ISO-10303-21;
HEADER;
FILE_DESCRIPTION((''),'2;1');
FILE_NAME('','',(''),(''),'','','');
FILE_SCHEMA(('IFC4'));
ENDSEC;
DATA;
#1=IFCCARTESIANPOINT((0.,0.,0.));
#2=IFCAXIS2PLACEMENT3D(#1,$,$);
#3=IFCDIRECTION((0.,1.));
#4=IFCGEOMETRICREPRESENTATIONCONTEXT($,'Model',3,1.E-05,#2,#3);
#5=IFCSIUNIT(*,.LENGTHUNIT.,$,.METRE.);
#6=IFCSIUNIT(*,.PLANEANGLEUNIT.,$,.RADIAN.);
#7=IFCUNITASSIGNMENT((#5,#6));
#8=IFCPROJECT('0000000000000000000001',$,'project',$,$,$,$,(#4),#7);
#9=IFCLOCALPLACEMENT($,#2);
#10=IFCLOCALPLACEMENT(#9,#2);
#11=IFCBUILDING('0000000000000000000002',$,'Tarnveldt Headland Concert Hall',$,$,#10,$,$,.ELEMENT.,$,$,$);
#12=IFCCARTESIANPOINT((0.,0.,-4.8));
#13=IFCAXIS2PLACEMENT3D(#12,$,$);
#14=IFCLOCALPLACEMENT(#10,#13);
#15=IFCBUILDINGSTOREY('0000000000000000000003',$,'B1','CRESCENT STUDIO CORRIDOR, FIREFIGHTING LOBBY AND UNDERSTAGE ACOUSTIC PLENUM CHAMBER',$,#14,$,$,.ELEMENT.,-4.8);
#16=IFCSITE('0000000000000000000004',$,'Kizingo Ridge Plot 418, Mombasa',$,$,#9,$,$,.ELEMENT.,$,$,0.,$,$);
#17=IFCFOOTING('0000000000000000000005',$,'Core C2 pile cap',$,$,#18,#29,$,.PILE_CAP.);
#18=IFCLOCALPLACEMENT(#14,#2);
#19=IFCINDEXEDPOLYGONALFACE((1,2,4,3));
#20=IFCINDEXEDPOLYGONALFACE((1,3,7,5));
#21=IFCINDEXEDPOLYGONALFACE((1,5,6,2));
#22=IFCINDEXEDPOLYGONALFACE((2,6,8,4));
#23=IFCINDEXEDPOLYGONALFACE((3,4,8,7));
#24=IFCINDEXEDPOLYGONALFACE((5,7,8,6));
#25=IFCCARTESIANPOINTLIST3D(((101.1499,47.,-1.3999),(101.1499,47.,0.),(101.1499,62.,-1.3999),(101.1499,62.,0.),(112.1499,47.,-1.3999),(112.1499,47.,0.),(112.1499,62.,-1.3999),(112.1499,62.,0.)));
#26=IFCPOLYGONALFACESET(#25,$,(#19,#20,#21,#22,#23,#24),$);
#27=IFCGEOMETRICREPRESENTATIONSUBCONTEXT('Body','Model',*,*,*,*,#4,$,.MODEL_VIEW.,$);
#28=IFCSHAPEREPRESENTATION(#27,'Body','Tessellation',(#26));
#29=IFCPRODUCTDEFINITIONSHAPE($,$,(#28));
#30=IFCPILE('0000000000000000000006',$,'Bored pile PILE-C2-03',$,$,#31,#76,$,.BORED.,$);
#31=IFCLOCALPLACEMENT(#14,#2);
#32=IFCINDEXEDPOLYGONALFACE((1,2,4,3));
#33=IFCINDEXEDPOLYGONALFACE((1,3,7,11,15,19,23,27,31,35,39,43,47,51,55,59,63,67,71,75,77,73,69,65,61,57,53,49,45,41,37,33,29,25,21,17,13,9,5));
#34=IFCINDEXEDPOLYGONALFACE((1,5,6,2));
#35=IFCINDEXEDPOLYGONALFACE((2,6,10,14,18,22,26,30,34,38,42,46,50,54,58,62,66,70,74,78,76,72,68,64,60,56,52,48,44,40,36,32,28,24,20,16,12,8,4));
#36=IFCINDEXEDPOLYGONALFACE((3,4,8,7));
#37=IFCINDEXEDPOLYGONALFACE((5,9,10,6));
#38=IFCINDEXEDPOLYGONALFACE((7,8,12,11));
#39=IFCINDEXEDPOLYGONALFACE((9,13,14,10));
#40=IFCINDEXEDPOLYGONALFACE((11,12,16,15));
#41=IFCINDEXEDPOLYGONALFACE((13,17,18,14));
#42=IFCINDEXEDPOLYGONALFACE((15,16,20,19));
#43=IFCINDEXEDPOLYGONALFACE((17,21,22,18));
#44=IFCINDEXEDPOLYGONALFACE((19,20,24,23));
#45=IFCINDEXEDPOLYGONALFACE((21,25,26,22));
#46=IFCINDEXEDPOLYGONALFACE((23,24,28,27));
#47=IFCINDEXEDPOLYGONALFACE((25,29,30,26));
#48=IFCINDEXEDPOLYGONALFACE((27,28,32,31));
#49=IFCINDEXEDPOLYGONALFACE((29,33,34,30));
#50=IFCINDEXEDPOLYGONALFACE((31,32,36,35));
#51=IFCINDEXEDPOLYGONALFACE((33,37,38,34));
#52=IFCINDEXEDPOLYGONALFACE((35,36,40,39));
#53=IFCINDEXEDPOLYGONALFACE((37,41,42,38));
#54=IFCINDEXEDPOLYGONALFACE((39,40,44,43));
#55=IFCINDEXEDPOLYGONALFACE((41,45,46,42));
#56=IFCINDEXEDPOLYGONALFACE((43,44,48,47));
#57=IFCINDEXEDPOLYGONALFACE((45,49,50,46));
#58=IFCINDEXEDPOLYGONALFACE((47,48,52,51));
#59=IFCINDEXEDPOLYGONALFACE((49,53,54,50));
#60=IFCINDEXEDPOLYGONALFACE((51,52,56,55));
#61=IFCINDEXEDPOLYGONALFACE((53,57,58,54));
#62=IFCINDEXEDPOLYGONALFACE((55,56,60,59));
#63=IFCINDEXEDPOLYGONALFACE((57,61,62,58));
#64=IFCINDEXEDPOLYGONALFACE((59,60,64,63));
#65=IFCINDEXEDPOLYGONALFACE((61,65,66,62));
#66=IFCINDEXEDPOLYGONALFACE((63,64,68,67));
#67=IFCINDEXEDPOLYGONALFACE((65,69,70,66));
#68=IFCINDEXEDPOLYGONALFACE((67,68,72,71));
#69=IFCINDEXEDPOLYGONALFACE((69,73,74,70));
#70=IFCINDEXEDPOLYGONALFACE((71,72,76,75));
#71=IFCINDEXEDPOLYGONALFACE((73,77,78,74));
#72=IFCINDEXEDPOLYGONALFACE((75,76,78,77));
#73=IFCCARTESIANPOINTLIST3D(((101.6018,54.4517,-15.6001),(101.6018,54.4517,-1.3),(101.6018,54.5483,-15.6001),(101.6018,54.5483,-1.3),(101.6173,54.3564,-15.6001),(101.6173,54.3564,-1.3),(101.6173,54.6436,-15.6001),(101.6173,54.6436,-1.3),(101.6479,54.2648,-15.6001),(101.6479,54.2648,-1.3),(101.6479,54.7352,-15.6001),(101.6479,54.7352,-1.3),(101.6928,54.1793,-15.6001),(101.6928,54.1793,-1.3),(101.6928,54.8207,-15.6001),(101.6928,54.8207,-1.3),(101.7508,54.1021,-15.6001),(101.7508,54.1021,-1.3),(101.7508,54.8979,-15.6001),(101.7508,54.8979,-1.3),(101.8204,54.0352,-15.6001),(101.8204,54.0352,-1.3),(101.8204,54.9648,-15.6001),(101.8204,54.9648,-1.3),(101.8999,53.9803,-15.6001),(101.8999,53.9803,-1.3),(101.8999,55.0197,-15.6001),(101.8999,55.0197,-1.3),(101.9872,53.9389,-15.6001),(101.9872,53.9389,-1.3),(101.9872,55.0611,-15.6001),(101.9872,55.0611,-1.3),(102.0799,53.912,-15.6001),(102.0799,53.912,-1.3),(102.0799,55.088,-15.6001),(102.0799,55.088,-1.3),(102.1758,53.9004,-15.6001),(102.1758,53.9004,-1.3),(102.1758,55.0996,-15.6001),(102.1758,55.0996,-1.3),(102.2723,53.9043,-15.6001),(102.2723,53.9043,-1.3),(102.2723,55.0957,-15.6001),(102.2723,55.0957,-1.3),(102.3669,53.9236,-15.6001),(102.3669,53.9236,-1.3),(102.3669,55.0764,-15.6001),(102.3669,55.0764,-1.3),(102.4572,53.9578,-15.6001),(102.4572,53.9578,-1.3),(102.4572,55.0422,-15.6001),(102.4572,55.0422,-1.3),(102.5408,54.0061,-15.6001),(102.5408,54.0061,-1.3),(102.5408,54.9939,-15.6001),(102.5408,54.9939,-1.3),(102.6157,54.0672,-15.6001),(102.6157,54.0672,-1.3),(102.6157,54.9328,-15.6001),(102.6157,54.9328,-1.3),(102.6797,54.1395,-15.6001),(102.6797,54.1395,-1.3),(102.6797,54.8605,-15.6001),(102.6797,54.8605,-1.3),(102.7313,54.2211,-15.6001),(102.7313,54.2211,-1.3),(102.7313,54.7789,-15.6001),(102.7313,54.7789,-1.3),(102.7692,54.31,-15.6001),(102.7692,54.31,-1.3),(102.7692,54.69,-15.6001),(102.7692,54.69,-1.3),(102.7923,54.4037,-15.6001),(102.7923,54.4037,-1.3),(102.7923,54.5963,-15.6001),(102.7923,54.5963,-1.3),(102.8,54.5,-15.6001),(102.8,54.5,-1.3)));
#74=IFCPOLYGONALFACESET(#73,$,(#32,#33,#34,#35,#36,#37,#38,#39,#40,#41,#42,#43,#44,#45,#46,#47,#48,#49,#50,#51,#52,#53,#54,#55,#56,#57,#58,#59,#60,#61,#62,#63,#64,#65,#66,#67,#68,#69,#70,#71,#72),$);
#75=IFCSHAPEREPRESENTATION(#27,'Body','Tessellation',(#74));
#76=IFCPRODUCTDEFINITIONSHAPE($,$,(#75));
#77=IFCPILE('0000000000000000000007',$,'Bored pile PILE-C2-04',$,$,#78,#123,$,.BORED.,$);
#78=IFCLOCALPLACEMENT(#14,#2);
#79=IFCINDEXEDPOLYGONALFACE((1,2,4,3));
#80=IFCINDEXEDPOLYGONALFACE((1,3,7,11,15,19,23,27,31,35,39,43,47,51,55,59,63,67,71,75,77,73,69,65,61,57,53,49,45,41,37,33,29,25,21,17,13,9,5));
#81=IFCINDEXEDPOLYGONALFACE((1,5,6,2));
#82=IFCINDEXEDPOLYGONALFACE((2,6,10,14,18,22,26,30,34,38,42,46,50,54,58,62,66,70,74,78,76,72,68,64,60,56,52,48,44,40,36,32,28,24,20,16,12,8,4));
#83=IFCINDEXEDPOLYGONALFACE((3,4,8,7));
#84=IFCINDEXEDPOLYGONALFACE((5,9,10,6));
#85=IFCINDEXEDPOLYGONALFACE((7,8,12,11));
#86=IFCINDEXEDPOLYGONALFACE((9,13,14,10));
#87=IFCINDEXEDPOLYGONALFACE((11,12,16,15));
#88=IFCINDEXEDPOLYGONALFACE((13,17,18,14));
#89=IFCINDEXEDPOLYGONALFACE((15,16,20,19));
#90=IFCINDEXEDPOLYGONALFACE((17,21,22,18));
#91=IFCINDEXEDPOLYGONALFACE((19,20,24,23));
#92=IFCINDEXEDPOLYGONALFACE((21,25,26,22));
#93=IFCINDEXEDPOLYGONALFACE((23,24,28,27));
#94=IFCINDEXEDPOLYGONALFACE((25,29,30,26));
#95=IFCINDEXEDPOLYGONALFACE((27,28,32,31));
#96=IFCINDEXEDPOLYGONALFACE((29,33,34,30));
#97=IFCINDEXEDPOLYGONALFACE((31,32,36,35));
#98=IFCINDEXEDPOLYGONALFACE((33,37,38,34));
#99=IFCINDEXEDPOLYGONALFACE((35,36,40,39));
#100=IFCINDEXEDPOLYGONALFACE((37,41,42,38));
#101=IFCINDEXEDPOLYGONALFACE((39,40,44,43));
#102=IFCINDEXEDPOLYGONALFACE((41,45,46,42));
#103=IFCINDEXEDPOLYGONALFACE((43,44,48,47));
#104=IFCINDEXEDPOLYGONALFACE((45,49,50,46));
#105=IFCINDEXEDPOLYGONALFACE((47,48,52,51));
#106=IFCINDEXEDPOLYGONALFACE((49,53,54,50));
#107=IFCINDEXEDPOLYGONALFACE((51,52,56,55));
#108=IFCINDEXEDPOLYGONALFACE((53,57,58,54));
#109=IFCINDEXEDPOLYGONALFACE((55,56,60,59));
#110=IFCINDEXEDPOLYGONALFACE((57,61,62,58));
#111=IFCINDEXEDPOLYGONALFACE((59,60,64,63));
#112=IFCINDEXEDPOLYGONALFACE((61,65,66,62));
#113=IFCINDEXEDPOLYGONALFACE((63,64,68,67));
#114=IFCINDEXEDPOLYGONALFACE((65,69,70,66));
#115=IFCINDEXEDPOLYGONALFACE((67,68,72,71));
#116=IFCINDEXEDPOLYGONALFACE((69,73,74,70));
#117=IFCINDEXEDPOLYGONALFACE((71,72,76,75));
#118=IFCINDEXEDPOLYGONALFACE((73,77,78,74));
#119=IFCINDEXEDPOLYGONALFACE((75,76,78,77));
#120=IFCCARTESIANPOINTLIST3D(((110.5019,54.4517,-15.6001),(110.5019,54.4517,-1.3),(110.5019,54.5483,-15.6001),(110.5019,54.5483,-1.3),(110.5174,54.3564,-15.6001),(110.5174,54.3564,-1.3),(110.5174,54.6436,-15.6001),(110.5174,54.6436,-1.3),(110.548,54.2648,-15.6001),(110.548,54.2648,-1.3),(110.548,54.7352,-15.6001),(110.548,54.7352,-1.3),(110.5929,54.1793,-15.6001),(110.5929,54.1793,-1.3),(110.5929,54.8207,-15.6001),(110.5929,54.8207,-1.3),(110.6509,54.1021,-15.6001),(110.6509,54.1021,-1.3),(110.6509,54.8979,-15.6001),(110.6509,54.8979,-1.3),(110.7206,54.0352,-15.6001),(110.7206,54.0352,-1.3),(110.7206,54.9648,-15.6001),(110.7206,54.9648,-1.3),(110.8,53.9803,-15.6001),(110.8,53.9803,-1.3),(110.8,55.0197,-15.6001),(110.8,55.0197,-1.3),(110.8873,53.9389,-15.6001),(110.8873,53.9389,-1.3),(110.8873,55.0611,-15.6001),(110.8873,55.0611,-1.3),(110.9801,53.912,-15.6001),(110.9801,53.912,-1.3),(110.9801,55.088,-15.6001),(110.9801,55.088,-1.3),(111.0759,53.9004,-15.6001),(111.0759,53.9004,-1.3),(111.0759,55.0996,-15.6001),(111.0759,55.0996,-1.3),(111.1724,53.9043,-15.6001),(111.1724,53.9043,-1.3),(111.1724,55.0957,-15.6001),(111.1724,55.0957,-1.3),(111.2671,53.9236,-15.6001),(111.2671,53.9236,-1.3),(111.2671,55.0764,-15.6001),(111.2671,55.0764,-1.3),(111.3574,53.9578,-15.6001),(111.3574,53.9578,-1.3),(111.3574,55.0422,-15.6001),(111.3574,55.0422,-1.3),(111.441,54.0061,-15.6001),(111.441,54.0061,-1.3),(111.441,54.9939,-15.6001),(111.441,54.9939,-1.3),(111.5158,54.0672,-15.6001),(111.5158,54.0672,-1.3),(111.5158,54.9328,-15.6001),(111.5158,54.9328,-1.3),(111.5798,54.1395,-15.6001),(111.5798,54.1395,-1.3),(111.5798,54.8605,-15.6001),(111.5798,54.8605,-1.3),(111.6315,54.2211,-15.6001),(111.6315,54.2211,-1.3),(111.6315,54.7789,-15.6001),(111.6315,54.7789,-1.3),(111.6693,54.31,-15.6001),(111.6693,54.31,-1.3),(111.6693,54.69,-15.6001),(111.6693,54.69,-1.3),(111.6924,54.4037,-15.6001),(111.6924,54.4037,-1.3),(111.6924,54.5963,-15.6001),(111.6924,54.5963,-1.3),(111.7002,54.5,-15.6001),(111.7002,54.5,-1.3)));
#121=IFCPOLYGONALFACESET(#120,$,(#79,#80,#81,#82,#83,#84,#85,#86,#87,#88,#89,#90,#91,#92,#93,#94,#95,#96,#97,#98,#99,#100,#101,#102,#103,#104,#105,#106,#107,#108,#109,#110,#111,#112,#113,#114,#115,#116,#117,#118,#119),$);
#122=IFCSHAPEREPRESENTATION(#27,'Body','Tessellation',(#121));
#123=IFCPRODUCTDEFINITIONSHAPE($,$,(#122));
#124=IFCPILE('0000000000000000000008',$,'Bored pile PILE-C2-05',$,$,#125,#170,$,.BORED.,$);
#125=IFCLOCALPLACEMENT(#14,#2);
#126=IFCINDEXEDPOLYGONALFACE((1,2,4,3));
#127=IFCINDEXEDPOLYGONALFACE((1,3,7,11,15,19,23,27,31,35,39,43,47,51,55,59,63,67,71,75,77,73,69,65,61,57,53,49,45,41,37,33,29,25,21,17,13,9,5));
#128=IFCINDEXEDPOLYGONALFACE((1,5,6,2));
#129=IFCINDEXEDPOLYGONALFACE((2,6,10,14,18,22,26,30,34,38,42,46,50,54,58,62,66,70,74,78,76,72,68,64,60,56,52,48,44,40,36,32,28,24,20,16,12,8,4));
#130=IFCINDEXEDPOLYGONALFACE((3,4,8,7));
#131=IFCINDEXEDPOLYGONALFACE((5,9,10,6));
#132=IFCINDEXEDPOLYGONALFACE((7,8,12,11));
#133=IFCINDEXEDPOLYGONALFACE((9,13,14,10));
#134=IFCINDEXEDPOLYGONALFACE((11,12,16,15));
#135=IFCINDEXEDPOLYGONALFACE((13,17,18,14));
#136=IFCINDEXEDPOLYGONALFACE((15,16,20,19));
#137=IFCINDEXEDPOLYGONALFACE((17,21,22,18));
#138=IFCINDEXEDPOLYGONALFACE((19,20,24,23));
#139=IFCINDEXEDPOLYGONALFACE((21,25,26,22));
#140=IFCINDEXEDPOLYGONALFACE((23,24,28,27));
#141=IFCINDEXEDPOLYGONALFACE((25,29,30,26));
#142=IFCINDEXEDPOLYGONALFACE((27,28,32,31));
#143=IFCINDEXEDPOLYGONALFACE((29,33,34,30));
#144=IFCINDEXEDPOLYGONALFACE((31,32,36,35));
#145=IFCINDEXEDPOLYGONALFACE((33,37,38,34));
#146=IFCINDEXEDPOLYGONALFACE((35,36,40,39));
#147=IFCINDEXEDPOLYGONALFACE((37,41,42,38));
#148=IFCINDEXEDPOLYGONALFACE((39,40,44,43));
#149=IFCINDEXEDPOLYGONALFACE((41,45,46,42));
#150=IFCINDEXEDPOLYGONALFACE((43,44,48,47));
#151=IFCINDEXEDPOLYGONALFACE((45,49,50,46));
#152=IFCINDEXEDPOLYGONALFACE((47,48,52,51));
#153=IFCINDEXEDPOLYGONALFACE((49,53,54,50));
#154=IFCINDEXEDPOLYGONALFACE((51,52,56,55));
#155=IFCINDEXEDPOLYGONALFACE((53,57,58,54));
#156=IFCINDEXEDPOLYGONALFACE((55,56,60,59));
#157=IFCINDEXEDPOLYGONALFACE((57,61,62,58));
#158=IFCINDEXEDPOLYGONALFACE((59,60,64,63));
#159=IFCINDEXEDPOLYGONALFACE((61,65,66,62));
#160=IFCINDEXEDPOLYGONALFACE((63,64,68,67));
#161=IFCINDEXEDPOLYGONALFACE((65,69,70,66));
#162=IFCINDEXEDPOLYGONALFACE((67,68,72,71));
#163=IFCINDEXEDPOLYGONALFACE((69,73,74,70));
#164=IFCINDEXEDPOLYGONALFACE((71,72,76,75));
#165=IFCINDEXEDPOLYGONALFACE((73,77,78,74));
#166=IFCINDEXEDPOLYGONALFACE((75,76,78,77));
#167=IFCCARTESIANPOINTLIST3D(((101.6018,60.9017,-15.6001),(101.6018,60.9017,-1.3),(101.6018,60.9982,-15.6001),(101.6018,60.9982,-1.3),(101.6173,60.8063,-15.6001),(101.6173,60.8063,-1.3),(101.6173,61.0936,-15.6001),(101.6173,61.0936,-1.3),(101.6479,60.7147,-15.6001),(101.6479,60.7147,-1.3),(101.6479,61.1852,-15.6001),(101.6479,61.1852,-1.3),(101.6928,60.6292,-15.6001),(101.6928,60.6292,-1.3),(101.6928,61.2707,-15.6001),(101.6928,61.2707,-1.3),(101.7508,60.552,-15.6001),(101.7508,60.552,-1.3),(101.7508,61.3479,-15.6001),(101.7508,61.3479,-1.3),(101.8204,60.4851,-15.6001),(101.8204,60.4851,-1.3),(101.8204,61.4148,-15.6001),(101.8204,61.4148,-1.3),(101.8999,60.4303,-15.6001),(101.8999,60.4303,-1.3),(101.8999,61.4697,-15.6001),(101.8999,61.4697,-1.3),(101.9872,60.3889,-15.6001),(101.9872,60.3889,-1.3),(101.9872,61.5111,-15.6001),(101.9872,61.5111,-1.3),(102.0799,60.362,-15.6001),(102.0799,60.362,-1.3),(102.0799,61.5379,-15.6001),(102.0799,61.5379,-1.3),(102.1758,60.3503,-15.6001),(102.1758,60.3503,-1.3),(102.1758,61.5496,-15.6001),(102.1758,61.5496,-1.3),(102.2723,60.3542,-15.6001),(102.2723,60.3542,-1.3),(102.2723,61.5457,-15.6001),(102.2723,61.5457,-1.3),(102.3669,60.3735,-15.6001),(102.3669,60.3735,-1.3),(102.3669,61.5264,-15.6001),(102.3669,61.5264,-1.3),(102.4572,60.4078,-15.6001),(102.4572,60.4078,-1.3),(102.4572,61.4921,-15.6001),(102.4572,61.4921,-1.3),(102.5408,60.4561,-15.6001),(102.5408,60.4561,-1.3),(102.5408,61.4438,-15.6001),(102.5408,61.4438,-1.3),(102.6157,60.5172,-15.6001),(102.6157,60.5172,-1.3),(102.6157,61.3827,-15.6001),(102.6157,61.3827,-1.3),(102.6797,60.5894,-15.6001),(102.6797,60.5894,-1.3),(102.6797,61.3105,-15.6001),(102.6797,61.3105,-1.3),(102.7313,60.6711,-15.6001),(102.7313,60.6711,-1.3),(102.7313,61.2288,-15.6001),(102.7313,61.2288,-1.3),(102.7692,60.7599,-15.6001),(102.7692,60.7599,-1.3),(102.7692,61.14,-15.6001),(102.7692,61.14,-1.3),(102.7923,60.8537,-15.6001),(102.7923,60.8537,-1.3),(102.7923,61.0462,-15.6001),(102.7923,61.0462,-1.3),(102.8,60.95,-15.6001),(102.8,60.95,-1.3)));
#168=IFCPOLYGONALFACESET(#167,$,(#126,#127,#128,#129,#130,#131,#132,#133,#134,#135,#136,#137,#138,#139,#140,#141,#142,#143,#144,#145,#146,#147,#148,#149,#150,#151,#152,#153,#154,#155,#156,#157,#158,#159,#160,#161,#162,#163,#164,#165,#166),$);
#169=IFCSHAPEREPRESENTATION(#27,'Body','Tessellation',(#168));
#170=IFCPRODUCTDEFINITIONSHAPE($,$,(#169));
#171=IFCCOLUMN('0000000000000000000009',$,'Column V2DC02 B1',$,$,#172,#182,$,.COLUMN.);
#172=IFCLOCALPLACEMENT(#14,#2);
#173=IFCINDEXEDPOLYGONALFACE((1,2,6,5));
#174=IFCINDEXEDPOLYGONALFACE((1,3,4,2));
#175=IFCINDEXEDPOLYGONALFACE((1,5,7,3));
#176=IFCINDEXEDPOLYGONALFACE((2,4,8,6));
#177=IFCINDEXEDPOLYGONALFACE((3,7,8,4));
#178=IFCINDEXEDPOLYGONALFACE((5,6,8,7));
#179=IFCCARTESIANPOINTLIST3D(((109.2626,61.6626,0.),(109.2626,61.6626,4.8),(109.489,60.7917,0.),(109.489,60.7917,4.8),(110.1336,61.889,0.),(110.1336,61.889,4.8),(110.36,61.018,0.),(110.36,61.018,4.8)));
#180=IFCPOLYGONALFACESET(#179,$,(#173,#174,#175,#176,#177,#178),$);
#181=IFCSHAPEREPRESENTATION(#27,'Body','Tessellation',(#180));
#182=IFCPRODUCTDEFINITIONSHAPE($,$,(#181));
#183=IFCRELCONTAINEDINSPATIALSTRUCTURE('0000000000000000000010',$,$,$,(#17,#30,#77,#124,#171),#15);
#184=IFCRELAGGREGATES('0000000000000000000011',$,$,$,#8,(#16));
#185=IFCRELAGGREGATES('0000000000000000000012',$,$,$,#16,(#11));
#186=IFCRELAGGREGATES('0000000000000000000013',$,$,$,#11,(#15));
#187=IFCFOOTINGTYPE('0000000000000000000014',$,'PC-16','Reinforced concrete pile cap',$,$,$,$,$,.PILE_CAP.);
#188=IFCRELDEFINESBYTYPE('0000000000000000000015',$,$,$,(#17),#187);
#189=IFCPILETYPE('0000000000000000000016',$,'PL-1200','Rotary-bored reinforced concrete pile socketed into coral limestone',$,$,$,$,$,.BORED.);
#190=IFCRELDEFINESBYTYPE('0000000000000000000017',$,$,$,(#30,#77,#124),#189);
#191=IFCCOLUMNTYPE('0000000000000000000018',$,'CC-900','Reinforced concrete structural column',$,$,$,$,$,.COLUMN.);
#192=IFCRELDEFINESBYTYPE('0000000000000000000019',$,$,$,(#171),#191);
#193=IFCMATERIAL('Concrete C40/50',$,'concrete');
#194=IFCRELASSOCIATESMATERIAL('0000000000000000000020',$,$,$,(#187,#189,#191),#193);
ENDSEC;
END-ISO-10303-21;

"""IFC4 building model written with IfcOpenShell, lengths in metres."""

from ifc_helpers import new_model, si_unit, direction, frame, origin, origin_2d, place, context, subcontext, project, spatial, rectangle, circle, extrude, material, material_profile, profile_set, type_object, element, save


model = new_model("IFC4")

# Units and contexts
model_context = context("Model", 3, precision=1e-05, world=origin(), true_north=direction((0.0, 1.0)))
body_context = subcontext(model_context, "Body", "Model", "MODEL_VIEW")
ifc_project = project(units=[si_unit("LENGTHUNIT", "METRE"), si_unit("PLANEANGLEUNIT", "RADIAN")], contexts=[model_context])

# Site, building, storey
site_placement = place(None, origin())
site = spatial("IfcSite", under=ifc_project, at=site_placement, Name="Kizingo Ridge Plot 418, Mombasa", CompositionType="ELEMENT", RefElevation=0.0)
building_placement = place(site_placement, origin())
building = spatial("IfcBuilding", under=site, at=building_placement, Name="Tarnveldt Headland Concert Hall", CompositionType="ELEMENT")
storey_placement = place(building_placement, frame((0.0, 0.0, -4.8)))
storey = spatial("IfcBuildingStorey", under=building, at=storey_placement, Name="B1", Description="CRESCENT STUDIO CORRIDOR, FIREFIGHTING LOBBY AND UNDERSTAGE ACOUSTIC PLENUM CHAMBER", CompositionType="ELEMENT", Elevation=-4.8)

# Footing
ifc_material_1 = material(Name="Concrete C40/50", Category="concrete")
footing_type = type_object("IfcFootingType", Name="PC-16", Description="Reinforced concrete pile cap", PredefinedType="PILE_CAP", material=ifc_material_1)
footing_placement = place(storey_placement, frame((106.6499, 54.5, -1.3999), z_axis=(0.0, 0.0, 1.0), x_axis=(1.0, 0.0, 0.0)))
element("IfcFooting", 1, at=footing_placement, inside=storey, type_object=footing_type, Name="Core C2 pile cap", PredefinedType="PILE_CAP", context=body_context, shape_type="SweptSolid", body=[
    extrude(rectangle(XDim=11.0, YDim=15.0, at=origin_2d()), origin(), (0.0, 0.0, 1.0), 1.3999),
])

# Piles
ifc_material_profile_1 = material_profile(ifc_material_1, circle(Radius=0.6001, at=origin_2d()), Name="BORED PILE D1200", Category="concrete")
ifc_profile_set_1 = profile_set([ifc_material_profile_1], Name="Concrete C40/50")
pile_type = type_object("IfcPileType", Name="PL-1200", Description="Rotary-bored reinforced concrete pile socketed into coral limestone", PredefinedType="BORED", material=ifc_profile_set_1)
for number, where, z_axis, x_axis, name in (
    (2, (102.2, 54.5, -1.3), (0.0, 0.0, -1.0), (1.0, 0.0, 0.0), "Bored pile PILE-C2-03"),
    (3, (111.1001, 54.5, -1.3), (0.0, 0.0, -1.0), (1.0, 0.0, 0.0), "Bored pile PILE-C2-04"),
    (4, (102.2, 60.95, -1.3), (0.0, 0.0, -1.0), (1.0, 0.0, 0.0), "Bored pile PILE-C2-05"),
):
    element("IfcPile", number, at=place(storey_placement, frame(where, z_axis=z_axis, x_axis=x_axis)), inside=storey, type_object=pile_type, Name=name, PredefinedType="BORED", context=body_context, shape_type="SweptSolid", body=[
        extrude(circle(Radius=0.6001, at=origin_2d()), origin(), (0.0, 0.0, 1.0), 14.3),
    ])

# Column
ifc_material_profile_2 = material_profile(ifc_material_1, rectangle(XDim=0.8999, YDim=0.8999, at=origin_2d()), Name="RC 900x900", Category="concrete")
ifc_profile_set_2 = profile_set([ifc_material_profile_2], Name="Concrete C40/50")
column_type_1 = type_object("IfcColumnType", Name="CC-900", Description="Reinforced concrete structural column", PredefinedType="COLUMN", material=ifc_profile_set_2)
column_1_placement = place(storey_placement, frame((109.8113, 61.3403, 0.0), z_axis=(0.0, 0.0, 1.0), x_axis=(0.967841, 0.251563, 0.0)))
element("IfcColumn", 5, at=column_1_placement, inside=storey, type_object=column_type_1, Name="Column V2DC02 B1", PredefinedType="COLUMN", context=body_context, shape_type="SweptSolid", body=[
    extrude(rectangle(XDim=0.8999, YDim=0.8999, at=origin_2d()), origin(), (0.0, 0.0, 1.0), 4.8),
])

save(model, "model.ifc")
